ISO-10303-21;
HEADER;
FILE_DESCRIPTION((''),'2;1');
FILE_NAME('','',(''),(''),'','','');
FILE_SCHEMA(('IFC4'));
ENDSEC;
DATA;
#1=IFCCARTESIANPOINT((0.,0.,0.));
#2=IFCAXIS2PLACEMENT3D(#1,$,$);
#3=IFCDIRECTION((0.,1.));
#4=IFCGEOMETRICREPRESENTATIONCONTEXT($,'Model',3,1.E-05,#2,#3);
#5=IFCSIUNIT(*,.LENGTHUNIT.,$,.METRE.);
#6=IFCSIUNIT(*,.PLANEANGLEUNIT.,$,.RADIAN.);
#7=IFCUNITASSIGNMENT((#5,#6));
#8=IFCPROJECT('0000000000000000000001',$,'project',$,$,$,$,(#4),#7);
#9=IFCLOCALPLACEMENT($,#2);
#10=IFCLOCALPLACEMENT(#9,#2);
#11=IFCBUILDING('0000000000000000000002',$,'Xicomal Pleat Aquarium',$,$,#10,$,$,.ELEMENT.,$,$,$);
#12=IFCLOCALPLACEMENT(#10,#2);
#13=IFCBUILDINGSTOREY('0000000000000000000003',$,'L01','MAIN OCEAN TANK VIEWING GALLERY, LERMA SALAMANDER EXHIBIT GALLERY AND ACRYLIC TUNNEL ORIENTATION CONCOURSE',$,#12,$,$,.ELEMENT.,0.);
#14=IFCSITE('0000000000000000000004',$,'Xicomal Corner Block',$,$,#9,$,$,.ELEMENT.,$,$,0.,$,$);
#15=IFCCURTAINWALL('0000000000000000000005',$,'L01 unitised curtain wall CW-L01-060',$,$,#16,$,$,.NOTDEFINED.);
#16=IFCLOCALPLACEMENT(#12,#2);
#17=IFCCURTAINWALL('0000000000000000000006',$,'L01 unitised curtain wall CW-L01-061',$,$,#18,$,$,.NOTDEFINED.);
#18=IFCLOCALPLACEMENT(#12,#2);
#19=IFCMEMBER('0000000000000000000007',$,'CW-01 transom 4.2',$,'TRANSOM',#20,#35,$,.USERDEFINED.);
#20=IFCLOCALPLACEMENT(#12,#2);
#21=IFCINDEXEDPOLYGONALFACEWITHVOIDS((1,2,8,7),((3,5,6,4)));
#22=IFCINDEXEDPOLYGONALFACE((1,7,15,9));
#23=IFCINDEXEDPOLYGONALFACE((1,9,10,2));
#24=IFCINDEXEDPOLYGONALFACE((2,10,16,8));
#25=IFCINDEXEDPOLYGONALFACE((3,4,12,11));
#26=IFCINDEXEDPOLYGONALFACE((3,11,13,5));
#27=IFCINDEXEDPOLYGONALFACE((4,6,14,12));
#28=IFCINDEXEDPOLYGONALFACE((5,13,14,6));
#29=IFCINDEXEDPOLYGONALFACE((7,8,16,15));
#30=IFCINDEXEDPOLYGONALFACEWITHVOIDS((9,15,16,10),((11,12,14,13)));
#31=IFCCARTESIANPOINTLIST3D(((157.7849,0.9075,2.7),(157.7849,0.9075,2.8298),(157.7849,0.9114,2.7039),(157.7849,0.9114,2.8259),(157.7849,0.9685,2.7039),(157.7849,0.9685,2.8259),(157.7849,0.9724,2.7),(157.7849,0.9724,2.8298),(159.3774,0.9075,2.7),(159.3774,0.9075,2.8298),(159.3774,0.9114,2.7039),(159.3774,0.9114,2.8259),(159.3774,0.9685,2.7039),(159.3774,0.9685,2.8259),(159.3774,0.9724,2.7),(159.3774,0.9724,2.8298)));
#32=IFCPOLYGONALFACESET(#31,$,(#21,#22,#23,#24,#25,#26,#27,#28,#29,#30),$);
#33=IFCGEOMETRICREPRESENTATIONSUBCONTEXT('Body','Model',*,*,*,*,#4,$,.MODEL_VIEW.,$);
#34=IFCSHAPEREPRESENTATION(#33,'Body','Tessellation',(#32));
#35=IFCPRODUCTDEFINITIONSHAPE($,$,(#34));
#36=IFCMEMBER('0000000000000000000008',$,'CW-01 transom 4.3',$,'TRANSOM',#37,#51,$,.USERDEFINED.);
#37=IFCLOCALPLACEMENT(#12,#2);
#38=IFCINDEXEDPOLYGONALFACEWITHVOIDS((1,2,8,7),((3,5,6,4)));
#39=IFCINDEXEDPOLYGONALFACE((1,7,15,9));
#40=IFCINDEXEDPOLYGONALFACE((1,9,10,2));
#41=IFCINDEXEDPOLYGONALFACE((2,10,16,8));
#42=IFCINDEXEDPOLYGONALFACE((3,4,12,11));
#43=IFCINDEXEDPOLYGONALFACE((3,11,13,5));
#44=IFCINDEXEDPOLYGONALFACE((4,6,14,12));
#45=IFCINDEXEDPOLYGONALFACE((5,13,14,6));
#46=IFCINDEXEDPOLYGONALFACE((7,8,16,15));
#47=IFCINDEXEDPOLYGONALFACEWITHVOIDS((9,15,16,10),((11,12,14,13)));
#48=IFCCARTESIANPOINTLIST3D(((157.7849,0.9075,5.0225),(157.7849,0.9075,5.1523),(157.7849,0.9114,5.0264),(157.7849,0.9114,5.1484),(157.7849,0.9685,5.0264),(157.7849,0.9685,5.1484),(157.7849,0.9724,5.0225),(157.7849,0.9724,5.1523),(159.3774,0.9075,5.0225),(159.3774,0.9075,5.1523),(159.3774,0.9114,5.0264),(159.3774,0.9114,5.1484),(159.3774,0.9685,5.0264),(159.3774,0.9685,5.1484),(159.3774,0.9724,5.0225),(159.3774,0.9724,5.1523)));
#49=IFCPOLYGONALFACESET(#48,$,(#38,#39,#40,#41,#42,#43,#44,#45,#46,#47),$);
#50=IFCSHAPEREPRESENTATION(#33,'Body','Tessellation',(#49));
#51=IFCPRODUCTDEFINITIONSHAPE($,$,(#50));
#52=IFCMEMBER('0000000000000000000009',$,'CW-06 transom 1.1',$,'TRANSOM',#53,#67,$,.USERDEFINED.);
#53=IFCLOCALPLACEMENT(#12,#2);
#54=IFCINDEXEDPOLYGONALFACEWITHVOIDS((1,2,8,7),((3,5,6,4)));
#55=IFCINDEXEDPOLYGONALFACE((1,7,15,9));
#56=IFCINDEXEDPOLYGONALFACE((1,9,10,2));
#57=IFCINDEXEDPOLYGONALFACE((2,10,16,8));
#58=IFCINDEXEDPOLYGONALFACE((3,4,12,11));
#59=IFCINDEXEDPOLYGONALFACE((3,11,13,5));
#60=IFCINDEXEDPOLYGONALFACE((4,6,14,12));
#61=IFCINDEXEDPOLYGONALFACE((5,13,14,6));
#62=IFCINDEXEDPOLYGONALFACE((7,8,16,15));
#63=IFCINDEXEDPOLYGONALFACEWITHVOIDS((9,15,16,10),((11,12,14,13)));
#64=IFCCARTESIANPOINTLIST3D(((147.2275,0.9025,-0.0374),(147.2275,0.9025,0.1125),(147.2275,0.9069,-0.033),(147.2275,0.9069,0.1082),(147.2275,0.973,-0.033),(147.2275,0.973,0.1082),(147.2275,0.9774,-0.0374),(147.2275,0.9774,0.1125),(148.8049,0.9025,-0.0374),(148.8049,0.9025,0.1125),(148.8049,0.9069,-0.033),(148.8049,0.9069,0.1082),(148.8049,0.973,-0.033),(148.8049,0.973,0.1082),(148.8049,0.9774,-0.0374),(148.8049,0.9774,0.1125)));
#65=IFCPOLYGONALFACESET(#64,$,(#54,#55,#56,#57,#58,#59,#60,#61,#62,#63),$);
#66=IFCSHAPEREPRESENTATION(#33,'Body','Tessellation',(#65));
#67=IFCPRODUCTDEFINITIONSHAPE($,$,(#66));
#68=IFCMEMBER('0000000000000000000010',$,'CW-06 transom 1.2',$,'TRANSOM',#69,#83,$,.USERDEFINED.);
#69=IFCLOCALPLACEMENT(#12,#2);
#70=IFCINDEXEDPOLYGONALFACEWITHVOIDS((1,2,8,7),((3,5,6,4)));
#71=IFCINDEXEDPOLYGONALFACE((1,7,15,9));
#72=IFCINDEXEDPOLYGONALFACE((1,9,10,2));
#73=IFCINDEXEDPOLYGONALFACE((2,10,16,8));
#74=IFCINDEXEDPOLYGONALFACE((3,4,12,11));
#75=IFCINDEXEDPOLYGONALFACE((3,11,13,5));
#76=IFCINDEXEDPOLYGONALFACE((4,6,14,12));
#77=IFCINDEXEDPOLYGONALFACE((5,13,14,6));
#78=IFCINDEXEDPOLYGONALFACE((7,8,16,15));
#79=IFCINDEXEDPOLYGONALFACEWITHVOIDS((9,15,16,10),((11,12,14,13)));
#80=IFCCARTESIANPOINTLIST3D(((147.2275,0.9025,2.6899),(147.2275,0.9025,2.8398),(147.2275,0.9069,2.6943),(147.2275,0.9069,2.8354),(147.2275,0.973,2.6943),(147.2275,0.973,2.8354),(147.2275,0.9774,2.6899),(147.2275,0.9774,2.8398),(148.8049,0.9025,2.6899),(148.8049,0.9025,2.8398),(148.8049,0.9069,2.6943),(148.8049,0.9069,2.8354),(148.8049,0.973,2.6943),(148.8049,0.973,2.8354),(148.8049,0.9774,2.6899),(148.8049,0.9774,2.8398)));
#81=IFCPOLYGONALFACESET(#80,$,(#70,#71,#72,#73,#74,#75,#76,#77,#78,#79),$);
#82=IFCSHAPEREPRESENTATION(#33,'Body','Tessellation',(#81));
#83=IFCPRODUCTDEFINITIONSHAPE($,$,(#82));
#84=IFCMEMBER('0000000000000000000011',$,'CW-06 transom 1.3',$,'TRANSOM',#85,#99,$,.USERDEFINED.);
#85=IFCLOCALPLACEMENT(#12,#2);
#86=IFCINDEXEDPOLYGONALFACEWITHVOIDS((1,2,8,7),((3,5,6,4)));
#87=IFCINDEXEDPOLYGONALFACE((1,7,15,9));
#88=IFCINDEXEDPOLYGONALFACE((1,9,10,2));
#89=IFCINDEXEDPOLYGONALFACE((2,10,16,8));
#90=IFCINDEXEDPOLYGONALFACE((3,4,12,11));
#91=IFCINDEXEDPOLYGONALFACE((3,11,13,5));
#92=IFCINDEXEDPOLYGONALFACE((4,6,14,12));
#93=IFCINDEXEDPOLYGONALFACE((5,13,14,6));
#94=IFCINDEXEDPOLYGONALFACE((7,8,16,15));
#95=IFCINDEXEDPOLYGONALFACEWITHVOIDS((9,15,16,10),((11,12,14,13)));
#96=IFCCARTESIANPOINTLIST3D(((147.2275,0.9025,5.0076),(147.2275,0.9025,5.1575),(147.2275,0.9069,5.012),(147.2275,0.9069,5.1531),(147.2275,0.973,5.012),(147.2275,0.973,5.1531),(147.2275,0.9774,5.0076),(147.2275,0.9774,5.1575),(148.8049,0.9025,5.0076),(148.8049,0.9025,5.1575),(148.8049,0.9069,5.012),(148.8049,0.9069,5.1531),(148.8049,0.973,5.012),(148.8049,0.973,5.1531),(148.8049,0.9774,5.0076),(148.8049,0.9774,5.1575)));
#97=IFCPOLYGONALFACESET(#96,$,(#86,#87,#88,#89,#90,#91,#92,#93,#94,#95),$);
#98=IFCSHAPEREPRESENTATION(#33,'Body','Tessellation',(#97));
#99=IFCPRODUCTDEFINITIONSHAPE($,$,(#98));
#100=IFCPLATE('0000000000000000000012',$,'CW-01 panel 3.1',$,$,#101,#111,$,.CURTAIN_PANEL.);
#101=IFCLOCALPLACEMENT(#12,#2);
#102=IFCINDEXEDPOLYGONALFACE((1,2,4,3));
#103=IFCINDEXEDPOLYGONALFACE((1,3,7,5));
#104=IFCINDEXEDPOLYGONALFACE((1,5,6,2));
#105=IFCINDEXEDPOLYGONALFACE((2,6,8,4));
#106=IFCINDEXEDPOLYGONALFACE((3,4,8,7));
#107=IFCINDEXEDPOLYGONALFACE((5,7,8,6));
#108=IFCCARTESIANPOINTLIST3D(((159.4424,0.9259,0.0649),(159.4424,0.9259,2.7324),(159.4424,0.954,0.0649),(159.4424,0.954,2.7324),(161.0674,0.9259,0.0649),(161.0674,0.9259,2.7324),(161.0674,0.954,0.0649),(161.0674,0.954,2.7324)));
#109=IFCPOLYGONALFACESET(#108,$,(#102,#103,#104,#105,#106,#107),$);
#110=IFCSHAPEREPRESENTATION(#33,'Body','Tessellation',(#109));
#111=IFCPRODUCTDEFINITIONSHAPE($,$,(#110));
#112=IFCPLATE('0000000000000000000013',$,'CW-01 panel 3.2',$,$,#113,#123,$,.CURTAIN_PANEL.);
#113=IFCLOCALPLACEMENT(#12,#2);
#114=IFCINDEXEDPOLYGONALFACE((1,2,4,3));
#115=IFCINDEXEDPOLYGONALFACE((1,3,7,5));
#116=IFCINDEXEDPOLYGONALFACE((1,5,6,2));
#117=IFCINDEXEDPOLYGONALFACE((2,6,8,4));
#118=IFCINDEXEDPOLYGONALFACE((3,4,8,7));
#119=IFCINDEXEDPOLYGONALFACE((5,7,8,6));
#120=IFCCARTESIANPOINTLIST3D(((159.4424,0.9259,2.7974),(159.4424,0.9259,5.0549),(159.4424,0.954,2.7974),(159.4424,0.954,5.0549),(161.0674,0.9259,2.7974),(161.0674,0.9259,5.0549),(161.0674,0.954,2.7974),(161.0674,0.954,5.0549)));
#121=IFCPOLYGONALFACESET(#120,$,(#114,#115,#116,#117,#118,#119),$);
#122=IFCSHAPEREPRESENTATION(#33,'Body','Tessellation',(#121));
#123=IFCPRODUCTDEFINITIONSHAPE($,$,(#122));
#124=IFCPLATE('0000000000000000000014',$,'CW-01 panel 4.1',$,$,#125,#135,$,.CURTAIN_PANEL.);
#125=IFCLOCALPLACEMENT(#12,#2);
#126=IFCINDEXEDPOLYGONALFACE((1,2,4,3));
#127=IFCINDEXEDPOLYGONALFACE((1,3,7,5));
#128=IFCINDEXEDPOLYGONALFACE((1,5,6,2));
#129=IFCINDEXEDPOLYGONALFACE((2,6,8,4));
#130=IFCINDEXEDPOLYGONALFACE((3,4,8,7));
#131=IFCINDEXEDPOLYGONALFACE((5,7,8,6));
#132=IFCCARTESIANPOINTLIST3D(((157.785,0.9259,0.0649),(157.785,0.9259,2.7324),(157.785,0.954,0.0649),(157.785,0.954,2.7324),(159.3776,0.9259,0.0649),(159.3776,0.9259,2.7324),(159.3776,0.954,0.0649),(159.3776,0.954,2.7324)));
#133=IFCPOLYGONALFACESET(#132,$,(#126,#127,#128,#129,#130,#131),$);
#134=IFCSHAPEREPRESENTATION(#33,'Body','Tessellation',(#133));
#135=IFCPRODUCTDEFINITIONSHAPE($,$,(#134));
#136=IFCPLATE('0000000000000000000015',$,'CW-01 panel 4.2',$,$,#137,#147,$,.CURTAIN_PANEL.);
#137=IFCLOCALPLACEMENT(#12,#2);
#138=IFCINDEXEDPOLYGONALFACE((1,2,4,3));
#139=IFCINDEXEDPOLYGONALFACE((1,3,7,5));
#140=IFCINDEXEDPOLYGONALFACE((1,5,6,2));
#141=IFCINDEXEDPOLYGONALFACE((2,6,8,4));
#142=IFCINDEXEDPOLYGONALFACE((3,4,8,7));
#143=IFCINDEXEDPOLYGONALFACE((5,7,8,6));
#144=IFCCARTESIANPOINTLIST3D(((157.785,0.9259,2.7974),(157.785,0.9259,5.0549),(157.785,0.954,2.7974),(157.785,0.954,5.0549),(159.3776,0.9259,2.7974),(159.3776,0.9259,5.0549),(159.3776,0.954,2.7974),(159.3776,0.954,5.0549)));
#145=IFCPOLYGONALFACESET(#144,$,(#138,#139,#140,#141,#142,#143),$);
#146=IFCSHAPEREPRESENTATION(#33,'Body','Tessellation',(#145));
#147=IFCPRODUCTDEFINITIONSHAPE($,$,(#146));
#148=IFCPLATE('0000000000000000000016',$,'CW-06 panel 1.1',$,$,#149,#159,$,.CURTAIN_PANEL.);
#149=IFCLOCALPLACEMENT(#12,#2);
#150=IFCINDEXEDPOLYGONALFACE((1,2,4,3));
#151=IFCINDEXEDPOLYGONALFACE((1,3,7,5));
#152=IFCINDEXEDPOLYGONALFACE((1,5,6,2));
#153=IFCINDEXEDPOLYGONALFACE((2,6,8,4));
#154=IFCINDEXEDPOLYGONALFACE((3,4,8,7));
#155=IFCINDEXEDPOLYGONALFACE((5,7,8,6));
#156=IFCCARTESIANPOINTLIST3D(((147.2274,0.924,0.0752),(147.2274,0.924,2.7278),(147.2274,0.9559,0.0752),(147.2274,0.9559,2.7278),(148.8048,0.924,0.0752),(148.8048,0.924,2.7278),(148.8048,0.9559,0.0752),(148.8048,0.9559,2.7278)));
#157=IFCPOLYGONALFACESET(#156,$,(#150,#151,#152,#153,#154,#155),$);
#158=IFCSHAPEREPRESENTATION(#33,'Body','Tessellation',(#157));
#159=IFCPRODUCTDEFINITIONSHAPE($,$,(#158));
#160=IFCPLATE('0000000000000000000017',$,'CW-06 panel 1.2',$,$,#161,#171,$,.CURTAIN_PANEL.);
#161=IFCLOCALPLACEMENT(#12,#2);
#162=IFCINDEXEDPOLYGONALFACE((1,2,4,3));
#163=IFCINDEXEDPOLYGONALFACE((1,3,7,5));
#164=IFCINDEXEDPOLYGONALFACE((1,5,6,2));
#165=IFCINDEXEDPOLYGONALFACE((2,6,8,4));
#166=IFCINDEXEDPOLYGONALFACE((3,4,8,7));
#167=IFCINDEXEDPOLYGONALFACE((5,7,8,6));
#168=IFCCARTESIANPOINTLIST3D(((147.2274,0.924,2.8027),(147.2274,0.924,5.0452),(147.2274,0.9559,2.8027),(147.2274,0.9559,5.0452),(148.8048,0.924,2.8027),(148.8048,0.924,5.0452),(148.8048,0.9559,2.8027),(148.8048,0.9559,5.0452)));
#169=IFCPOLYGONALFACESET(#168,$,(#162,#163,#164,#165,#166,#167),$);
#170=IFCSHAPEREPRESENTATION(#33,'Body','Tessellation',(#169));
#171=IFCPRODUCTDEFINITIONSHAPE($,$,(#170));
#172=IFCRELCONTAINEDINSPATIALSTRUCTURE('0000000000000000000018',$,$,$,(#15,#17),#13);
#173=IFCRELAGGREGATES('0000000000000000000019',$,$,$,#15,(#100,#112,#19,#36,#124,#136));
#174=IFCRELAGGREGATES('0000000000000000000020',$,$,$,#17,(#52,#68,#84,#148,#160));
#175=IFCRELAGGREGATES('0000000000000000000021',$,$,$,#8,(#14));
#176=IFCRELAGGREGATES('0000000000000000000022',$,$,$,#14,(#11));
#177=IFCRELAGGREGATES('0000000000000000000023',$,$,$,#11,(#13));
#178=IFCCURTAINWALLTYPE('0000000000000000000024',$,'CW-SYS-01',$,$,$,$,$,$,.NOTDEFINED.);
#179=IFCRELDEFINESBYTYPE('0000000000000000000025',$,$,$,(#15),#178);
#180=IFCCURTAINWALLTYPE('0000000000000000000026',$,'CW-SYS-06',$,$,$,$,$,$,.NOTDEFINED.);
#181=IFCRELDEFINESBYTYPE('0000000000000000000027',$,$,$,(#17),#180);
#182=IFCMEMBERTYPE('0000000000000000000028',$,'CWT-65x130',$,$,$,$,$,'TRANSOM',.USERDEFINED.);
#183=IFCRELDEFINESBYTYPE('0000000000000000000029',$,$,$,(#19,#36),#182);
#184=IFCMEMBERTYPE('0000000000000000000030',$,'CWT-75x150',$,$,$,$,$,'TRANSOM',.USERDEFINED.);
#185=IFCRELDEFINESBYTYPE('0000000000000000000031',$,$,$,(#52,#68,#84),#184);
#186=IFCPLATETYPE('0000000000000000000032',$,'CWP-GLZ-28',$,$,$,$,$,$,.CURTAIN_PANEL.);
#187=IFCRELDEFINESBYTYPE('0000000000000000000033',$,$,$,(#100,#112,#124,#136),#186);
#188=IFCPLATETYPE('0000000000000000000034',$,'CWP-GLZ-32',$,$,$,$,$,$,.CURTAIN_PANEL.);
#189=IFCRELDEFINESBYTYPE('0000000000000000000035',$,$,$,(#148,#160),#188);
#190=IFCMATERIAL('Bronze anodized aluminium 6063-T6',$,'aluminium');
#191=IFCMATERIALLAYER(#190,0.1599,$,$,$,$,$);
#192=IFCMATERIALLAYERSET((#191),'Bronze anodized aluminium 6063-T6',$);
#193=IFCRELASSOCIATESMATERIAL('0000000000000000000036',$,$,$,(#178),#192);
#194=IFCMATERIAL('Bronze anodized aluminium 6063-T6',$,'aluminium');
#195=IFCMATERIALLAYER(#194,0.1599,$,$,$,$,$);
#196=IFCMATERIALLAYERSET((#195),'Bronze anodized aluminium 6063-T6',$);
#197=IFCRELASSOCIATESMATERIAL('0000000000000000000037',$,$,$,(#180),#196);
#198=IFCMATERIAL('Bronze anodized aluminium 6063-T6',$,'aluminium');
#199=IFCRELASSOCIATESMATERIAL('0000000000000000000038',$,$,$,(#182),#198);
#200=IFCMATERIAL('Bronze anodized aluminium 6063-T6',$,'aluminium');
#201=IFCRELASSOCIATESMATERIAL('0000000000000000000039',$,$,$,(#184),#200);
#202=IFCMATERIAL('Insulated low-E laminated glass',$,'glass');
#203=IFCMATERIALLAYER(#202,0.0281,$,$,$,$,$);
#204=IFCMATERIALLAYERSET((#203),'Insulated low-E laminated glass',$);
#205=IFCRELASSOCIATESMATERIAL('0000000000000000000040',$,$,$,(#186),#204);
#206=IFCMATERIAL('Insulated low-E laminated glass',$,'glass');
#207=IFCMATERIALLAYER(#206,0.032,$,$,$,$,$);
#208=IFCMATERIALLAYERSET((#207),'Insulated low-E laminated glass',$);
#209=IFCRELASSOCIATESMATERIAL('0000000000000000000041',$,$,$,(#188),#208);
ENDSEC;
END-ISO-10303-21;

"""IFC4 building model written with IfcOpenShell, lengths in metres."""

from ifc_helpers import new_model, si_unit, direction, frame, origin, origin_2d, place, context, subcontext, project, spatial, rectangle, hollow_rectangle, extrude, material, layer, layer_set, material_profile, profile_set, type_object, element, aggregate, save


model = new_model("IFC4")

# Units and contexts
model_context = context("Model", 3, precision=1e-05, world=origin(), true_north=direction((0.0, 1.0)))
body_context = subcontext(model_context, "Body", "Model", "MODEL_VIEW")
ifc_project = project(units=[si_unit("LENGTHUNIT", "METRE"), si_unit("PLANEANGLEUNIT", "RADIAN")], contexts=[model_context])

# Site, building, storey
site_placement = place(None, origin())
site = spatial("IfcSite", under=ifc_project, at=site_placement, Name="Xicomal Corner Block", CompositionType="ELEMENT", RefElevation=0.0)
building_placement = place(site_placement, origin())
building = spatial("IfcBuilding", under=site, at=building_placement, Name="Xicomal Pleat Aquarium", CompositionType="ELEMENT")
storey_placement = place(building_placement, origin())
storey = spatial("IfcBuildingStorey", under=building, at=storey_placement, Name="L01", Description="MAIN OCEAN TANK VIEWING GALLERY, LERMA SALAMANDER EXHIBIT GALLERY AND ACRYLIC TUNNEL ORIENTATION CONCOURSE", CompositionType="ELEMENT", Elevation=0.0)

# Curtain walls
ifc_material_1 = material(Name="Bronze anodized aluminium 6063-T6", Category="aluminium")
ifc_layer_1 = layer(ifc_material_1, 0.1599)
ifc_layer_set_1 = layer_set([ifc_layer_1], Name="Bronze anodized aluminium 6063-T6")
curtain_wall_type_1 = type_object("IfcCurtainWallType", Name="CW-SYS-01", PredefinedType="NOTDEFINED", material=ifc_layer_set_1)
curtain_wall_1_placement = place(storey_placement, origin())
curtain_wall_1 = element("IfcCurtainWall", 1, at=curtain_wall_1_placement, inside=storey, type_object=curtain_wall_type_1, Name="L01 unitised curtain wall CW-L01-060", PredefinedType="NOTDEFINED")
ifc_material_2 = material(Name="Bronze anodized aluminium 6063-T6", Category="aluminium")
ifc_layer_2 = layer(ifc_material_2, 0.1599)
ifc_layer_set_2 = layer_set([ifc_layer_2], Name="Bronze anodized aluminium 6063-T6")
curtain_wall_type_2 = type_object("IfcCurtainWallType", Name="CW-SYS-06", PredefinedType="NOTDEFINED", material=ifc_layer_set_2)
curtain_wall_2_placement = place(storey_placement, origin())
curtain_wall_2 = element("IfcCurtainWall", 2, at=curtain_wall_2_placement, inside=storey, type_object=curtain_wall_type_2, Name="L01 unitised curtain wall CW-L01-061", PredefinedType="NOTDEFINED")

# Members
ifc_material_3 = material(Name="Bronze anodized aluminium 6063-T6", Category="aluminium")
ifc_material_profile_1 = material_profile(ifc_material_3, hollow_rectangle(XDim=0.0649, YDim=0.1299, WallThickness=0.0039, at=origin_2d()), Name="ALU TRAN 65x130")
ifc_profile_set_1 = profile_set([ifc_material_profile_1], Name="Bronze anodized aluminium 6063-T6")
member_type_1 = type_object("IfcMemberType", Name="CWT-65x130", ElementType="TRANSOM", PredefinedType="USERDEFINED", material=ifc_profile_set_1)
member_1_placement = place(storey_placement, frame((159.3774, 0.9399, 2.7649), z_axis=(-1.0, 0.0, 0.0), x_axis=(0.0, -1.0, 0.0)))
member_1 = element("IfcMember", 3, at=member_1_placement, type_object=member_type_1, Name="CW-01 transom 4.2", ObjectType="TRANSOM", PredefinedType="USERDEFINED", context=body_context, shape_type="SweptSolid", body=[
    extrude(hollow_rectangle(XDim=0.0649, YDim=0.1299, WallThickness=0.0039, at=origin_2d()), origin(), (0.0, 0.0, 1.0), 1.5925),
])
member_2_placement = place(storey_placement, frame((159.3774, 0.9399, 5.0874), z_axis=(-1.0, 0.0, 0.0), x_axis=(0.0, -1.0, 0.0)))
member_2 = element("IfcMember", 4, at=member_2_placement, type_object=member_type_1, Name="CW-01 transom 4.3", ObjectType="TRANSOM", PredefinedType="USERDEFINED", context=body_context, shape_type="SweptSolid", body=[
    extrude(hollow_rectangle(XDim=0.0649, YDim=0.1299, WallThickness=0.0039, at=origin_2d()), origin(), (0.0, 0.0, 1.0), 1.5925),
])
ifc_material_4 = material(Name="Bronze anodized aluminium 6063-T6", Category="aluminium")
ifc_material_profile_2 = material_profile(ifc_material_4, hollow_rectangle(XDim=0.075, YDim=0.1499, WallThickness=0.0044, at=origin_2d()), Name="ALU TRAN 75x150")
ifc_profile_set_2 = profile_set([ifc_material_profile_2], Name="Bronze anodized aluminium 6063-T6")
member_type_2 = type_object("IfcMemberType", Name="CWT-75x150", ElementType="TRANSOM", PredefinedType="USERDEFINED", material=ifc_profile_set_2)
member_3_placement = place(storey_placement, frame((148.8049, 0.9399, 0.0376), z_axis=(-1.0, 0.0, 0.0), x_axis=(0.0, -1.0, 0.0)))
member_3 = element("IfcMember", 5, at=member_3_placement, type_object=member_type_2, Name="CW-06 transom 1.1", ObjectType="TRANSOM", PredefinedType="USERDEFINED", context=body_context, shape_type="SweptSolid", body=[
    extrude(hollow_rectangle(XDim=0.075, YDim=0.1499, WallThickness=0.0044, at=origin_2d()), origin(), (0.0, 0.0, 1.0), 1.5774),
])
member_4_placement = place(storey_placement, frame((148.8049, 0.9399, 2.7649), z_axis=(-1.0, 0.0, 0.0), x_axis=(0.0, -1.0, 0.0)))
member_4 = element("IfcMember", 6, at=member_4_placement, type_object=member_type_2, Name="CW-06 transom 1.2", ObjectType="TRANSOM", PredefinedType="USERDEFINED", context=body_context, shape_type="SweptSolid", body=[
    extrude(hollow_rectangle(XDim=0.075, YDim=0.1499, WallThickness=0.0044, at=origin_2d()), origin(), (0.0, 0.0, 1.0), 1.5774),
])
member_5_placement = place(storey_placement, frame((148.8049, 0.9399, 5.0825), z_axis=(-1.0, 0.0, 0.0), x_axis=(0.0, -1.0, 0.0)))
member_5 = element("IfcMember", 7, at=member_5_placement, type_object=member_type_2, Name="CW-06 transom 1.3", ObjectType="TRANSOM", PredefinedType="USERDEFINED", context=body_context, shape_type="SweptSolid", body=[
    extrude(hollow_rectangle(XDim=0.075, YDim=0.1499, WallThickness=0.0044, at=origin_2d()), origin(), (0.0, 0.0, 1.0), 1.5774),
])

# Plates
ifc_material_5 = material(Name="Insulated low-E laminated glass", Category="glass")
ifc_layer_3 = layer(ifc_material_5, 0.0281)
ifc_layer_set_3 = layer_set([ifc_layer_3], Name="Insulated low-E laminated glass")
plate_type_1 = type_object("IfcPlateType", Name="CWP-GLZ-28", PredefinedType="CURTAIN_PANEL", material=ifc_layer_set_3)
plate_1_placement = place(storey_placement, frame((160.2549, 0.9399, 0.0649), z_axis=(0.0, 0.0, 1.0), x_axis=(-1.0, 0.0, 0.0)))
plate_1 = element("IfcPlate", 8, at=plate_1_placement, type_object=plate_type_1, Name="CW-01 panel 3.1", PredefinedType="CURTAIN_PANEL", context=body_context, shape_type="SweptSolid", body=[
    extrude(rectangle(XDim=1.625, YDim=0.0281, at=origin_2d()), origin(), (0.0, 0.0, 1.0), 2.6675),
])
plate_2_placement = place(storey_placement, frame((160.2549, 0.9399, 2.7974), z_axis=(0.0, 0.0, 1.0), x_axis=(-1.0, 0.0, 0.0)))
plate_2 = element("IfcPlate", 9, at=plate_2_placement, type_object=plate_type_1, Name="CW-01 panel 3.2", PredefinedType="CURTAIN_PANEL", context=body_context, shape_type="SweptSolid", body=[
    extrude(rectangle(XDim=1.625, YDim=0.0281, at=origin_2d()), origin(), (0.0, 0.0, 1.0), 2.2576),
])
plate_3_placement = place(storey_placement, frame((158.5813, 0.9399, 0.0649), z_axis=(0.0, 0.0, 1.0), x_axis=(-1.0, 0.0, 0.0)))
plate_3 = element("IfcPlate", 10, at=plate_3_placement, type_object=plate_type_1, Name="CW-01 panel 4.1", PredefinedType="CURTAIN_PANEL", context=body_context, shape_type="SweptSolid", body=[
    extrude(rectangle(XDim=1.5925, YDim=0.0281, at=origin_2d()), origin(), (0.0, 0.0, 1.0), 2.6675),
])
plate_4_placement = place(storey_placement, frame((158.5813, 0.9399, 2.7974), z_axis=(0.0, 0.0, 1.0), x_axis=(-1.0, 0.0, 0.0)))
plate_4 = element("IfcPlate", 11, at=plate_4_placement, type_object=plate_type_1, Name="CW-01 panel 4.2", PredefinedType="CURTAIN_PANEL", context=body_context, shape_type="SweptSolid", body=[
    extrude(rectangle(XDim=1.5925, YDim=0.0281, at=origin_2d()), origin(), (0.0, 0.0, 1.0), 2.2576),
])
aggregate(curtain_wall_1, [plate_1, plate_2, member_1, member_2, plate_3, plate_4])
ifc_material_6 = material(Name="Insulated low-E laminated glass", Category="glass")
ifc_layer_4 = layer(ifc_material_6, 0.032)
ifc_layer_set_4 = layer_set([ifc_layer_4], Name="Insulated low-E laminated glass")
plate_type_2 = type_object("IfcPlateType", Name="CWP-GLZ-32", PredefinedType="CURTAIN_PANEL", material=ifc_layer_set_4)
plate_5_placement = place(storey_placement, frame((148.0161, 0.9399, 0.0752), z_axis=(0.0, 0.0, 1.0), x_axis=(-1.0, 0.0, 0.0)))
plate_5 = element("IfcPlate", 12, at=plate_5_placement, type_object=plate_type_2, Name="CW-06 panel 1.1", PredefinedType="CURTAIN_PANEL", context=body_context, shape_type="SweptSolid", body=[
    extrude(rectangle(XDim=1.5774, YDim=0.032, at=origin_2d()), origin(), (0.0, 0.0, 1.0), 2.6526),
])
plate_6_placement = place(storey_placement, frame((148.0161, 0.9399, 2.8027), z_axis=(0.0, 0.0, 1.0), x_axis=(-1.0, 0.0, 0.0)))
plate_6 = element("IfcPlate", 13, at=plate_6_placement, type_object=plate_type_2, Name="CW-06 panel 1.2", PredefinedType="CURTAIN_PANEL", context=body_context, shape_type="SweptSolid", body=[
    extrude(rectangle(XDim=1.5774, YDim=0.032, at=origin_2d()), origin(), (0.0, 0.0, 1.0), 2.2424),
])
aggregate(curtain_wall_2, [member_3, member_4, member_5, plate_5, plate_6])

save(model, "model.ifc")
